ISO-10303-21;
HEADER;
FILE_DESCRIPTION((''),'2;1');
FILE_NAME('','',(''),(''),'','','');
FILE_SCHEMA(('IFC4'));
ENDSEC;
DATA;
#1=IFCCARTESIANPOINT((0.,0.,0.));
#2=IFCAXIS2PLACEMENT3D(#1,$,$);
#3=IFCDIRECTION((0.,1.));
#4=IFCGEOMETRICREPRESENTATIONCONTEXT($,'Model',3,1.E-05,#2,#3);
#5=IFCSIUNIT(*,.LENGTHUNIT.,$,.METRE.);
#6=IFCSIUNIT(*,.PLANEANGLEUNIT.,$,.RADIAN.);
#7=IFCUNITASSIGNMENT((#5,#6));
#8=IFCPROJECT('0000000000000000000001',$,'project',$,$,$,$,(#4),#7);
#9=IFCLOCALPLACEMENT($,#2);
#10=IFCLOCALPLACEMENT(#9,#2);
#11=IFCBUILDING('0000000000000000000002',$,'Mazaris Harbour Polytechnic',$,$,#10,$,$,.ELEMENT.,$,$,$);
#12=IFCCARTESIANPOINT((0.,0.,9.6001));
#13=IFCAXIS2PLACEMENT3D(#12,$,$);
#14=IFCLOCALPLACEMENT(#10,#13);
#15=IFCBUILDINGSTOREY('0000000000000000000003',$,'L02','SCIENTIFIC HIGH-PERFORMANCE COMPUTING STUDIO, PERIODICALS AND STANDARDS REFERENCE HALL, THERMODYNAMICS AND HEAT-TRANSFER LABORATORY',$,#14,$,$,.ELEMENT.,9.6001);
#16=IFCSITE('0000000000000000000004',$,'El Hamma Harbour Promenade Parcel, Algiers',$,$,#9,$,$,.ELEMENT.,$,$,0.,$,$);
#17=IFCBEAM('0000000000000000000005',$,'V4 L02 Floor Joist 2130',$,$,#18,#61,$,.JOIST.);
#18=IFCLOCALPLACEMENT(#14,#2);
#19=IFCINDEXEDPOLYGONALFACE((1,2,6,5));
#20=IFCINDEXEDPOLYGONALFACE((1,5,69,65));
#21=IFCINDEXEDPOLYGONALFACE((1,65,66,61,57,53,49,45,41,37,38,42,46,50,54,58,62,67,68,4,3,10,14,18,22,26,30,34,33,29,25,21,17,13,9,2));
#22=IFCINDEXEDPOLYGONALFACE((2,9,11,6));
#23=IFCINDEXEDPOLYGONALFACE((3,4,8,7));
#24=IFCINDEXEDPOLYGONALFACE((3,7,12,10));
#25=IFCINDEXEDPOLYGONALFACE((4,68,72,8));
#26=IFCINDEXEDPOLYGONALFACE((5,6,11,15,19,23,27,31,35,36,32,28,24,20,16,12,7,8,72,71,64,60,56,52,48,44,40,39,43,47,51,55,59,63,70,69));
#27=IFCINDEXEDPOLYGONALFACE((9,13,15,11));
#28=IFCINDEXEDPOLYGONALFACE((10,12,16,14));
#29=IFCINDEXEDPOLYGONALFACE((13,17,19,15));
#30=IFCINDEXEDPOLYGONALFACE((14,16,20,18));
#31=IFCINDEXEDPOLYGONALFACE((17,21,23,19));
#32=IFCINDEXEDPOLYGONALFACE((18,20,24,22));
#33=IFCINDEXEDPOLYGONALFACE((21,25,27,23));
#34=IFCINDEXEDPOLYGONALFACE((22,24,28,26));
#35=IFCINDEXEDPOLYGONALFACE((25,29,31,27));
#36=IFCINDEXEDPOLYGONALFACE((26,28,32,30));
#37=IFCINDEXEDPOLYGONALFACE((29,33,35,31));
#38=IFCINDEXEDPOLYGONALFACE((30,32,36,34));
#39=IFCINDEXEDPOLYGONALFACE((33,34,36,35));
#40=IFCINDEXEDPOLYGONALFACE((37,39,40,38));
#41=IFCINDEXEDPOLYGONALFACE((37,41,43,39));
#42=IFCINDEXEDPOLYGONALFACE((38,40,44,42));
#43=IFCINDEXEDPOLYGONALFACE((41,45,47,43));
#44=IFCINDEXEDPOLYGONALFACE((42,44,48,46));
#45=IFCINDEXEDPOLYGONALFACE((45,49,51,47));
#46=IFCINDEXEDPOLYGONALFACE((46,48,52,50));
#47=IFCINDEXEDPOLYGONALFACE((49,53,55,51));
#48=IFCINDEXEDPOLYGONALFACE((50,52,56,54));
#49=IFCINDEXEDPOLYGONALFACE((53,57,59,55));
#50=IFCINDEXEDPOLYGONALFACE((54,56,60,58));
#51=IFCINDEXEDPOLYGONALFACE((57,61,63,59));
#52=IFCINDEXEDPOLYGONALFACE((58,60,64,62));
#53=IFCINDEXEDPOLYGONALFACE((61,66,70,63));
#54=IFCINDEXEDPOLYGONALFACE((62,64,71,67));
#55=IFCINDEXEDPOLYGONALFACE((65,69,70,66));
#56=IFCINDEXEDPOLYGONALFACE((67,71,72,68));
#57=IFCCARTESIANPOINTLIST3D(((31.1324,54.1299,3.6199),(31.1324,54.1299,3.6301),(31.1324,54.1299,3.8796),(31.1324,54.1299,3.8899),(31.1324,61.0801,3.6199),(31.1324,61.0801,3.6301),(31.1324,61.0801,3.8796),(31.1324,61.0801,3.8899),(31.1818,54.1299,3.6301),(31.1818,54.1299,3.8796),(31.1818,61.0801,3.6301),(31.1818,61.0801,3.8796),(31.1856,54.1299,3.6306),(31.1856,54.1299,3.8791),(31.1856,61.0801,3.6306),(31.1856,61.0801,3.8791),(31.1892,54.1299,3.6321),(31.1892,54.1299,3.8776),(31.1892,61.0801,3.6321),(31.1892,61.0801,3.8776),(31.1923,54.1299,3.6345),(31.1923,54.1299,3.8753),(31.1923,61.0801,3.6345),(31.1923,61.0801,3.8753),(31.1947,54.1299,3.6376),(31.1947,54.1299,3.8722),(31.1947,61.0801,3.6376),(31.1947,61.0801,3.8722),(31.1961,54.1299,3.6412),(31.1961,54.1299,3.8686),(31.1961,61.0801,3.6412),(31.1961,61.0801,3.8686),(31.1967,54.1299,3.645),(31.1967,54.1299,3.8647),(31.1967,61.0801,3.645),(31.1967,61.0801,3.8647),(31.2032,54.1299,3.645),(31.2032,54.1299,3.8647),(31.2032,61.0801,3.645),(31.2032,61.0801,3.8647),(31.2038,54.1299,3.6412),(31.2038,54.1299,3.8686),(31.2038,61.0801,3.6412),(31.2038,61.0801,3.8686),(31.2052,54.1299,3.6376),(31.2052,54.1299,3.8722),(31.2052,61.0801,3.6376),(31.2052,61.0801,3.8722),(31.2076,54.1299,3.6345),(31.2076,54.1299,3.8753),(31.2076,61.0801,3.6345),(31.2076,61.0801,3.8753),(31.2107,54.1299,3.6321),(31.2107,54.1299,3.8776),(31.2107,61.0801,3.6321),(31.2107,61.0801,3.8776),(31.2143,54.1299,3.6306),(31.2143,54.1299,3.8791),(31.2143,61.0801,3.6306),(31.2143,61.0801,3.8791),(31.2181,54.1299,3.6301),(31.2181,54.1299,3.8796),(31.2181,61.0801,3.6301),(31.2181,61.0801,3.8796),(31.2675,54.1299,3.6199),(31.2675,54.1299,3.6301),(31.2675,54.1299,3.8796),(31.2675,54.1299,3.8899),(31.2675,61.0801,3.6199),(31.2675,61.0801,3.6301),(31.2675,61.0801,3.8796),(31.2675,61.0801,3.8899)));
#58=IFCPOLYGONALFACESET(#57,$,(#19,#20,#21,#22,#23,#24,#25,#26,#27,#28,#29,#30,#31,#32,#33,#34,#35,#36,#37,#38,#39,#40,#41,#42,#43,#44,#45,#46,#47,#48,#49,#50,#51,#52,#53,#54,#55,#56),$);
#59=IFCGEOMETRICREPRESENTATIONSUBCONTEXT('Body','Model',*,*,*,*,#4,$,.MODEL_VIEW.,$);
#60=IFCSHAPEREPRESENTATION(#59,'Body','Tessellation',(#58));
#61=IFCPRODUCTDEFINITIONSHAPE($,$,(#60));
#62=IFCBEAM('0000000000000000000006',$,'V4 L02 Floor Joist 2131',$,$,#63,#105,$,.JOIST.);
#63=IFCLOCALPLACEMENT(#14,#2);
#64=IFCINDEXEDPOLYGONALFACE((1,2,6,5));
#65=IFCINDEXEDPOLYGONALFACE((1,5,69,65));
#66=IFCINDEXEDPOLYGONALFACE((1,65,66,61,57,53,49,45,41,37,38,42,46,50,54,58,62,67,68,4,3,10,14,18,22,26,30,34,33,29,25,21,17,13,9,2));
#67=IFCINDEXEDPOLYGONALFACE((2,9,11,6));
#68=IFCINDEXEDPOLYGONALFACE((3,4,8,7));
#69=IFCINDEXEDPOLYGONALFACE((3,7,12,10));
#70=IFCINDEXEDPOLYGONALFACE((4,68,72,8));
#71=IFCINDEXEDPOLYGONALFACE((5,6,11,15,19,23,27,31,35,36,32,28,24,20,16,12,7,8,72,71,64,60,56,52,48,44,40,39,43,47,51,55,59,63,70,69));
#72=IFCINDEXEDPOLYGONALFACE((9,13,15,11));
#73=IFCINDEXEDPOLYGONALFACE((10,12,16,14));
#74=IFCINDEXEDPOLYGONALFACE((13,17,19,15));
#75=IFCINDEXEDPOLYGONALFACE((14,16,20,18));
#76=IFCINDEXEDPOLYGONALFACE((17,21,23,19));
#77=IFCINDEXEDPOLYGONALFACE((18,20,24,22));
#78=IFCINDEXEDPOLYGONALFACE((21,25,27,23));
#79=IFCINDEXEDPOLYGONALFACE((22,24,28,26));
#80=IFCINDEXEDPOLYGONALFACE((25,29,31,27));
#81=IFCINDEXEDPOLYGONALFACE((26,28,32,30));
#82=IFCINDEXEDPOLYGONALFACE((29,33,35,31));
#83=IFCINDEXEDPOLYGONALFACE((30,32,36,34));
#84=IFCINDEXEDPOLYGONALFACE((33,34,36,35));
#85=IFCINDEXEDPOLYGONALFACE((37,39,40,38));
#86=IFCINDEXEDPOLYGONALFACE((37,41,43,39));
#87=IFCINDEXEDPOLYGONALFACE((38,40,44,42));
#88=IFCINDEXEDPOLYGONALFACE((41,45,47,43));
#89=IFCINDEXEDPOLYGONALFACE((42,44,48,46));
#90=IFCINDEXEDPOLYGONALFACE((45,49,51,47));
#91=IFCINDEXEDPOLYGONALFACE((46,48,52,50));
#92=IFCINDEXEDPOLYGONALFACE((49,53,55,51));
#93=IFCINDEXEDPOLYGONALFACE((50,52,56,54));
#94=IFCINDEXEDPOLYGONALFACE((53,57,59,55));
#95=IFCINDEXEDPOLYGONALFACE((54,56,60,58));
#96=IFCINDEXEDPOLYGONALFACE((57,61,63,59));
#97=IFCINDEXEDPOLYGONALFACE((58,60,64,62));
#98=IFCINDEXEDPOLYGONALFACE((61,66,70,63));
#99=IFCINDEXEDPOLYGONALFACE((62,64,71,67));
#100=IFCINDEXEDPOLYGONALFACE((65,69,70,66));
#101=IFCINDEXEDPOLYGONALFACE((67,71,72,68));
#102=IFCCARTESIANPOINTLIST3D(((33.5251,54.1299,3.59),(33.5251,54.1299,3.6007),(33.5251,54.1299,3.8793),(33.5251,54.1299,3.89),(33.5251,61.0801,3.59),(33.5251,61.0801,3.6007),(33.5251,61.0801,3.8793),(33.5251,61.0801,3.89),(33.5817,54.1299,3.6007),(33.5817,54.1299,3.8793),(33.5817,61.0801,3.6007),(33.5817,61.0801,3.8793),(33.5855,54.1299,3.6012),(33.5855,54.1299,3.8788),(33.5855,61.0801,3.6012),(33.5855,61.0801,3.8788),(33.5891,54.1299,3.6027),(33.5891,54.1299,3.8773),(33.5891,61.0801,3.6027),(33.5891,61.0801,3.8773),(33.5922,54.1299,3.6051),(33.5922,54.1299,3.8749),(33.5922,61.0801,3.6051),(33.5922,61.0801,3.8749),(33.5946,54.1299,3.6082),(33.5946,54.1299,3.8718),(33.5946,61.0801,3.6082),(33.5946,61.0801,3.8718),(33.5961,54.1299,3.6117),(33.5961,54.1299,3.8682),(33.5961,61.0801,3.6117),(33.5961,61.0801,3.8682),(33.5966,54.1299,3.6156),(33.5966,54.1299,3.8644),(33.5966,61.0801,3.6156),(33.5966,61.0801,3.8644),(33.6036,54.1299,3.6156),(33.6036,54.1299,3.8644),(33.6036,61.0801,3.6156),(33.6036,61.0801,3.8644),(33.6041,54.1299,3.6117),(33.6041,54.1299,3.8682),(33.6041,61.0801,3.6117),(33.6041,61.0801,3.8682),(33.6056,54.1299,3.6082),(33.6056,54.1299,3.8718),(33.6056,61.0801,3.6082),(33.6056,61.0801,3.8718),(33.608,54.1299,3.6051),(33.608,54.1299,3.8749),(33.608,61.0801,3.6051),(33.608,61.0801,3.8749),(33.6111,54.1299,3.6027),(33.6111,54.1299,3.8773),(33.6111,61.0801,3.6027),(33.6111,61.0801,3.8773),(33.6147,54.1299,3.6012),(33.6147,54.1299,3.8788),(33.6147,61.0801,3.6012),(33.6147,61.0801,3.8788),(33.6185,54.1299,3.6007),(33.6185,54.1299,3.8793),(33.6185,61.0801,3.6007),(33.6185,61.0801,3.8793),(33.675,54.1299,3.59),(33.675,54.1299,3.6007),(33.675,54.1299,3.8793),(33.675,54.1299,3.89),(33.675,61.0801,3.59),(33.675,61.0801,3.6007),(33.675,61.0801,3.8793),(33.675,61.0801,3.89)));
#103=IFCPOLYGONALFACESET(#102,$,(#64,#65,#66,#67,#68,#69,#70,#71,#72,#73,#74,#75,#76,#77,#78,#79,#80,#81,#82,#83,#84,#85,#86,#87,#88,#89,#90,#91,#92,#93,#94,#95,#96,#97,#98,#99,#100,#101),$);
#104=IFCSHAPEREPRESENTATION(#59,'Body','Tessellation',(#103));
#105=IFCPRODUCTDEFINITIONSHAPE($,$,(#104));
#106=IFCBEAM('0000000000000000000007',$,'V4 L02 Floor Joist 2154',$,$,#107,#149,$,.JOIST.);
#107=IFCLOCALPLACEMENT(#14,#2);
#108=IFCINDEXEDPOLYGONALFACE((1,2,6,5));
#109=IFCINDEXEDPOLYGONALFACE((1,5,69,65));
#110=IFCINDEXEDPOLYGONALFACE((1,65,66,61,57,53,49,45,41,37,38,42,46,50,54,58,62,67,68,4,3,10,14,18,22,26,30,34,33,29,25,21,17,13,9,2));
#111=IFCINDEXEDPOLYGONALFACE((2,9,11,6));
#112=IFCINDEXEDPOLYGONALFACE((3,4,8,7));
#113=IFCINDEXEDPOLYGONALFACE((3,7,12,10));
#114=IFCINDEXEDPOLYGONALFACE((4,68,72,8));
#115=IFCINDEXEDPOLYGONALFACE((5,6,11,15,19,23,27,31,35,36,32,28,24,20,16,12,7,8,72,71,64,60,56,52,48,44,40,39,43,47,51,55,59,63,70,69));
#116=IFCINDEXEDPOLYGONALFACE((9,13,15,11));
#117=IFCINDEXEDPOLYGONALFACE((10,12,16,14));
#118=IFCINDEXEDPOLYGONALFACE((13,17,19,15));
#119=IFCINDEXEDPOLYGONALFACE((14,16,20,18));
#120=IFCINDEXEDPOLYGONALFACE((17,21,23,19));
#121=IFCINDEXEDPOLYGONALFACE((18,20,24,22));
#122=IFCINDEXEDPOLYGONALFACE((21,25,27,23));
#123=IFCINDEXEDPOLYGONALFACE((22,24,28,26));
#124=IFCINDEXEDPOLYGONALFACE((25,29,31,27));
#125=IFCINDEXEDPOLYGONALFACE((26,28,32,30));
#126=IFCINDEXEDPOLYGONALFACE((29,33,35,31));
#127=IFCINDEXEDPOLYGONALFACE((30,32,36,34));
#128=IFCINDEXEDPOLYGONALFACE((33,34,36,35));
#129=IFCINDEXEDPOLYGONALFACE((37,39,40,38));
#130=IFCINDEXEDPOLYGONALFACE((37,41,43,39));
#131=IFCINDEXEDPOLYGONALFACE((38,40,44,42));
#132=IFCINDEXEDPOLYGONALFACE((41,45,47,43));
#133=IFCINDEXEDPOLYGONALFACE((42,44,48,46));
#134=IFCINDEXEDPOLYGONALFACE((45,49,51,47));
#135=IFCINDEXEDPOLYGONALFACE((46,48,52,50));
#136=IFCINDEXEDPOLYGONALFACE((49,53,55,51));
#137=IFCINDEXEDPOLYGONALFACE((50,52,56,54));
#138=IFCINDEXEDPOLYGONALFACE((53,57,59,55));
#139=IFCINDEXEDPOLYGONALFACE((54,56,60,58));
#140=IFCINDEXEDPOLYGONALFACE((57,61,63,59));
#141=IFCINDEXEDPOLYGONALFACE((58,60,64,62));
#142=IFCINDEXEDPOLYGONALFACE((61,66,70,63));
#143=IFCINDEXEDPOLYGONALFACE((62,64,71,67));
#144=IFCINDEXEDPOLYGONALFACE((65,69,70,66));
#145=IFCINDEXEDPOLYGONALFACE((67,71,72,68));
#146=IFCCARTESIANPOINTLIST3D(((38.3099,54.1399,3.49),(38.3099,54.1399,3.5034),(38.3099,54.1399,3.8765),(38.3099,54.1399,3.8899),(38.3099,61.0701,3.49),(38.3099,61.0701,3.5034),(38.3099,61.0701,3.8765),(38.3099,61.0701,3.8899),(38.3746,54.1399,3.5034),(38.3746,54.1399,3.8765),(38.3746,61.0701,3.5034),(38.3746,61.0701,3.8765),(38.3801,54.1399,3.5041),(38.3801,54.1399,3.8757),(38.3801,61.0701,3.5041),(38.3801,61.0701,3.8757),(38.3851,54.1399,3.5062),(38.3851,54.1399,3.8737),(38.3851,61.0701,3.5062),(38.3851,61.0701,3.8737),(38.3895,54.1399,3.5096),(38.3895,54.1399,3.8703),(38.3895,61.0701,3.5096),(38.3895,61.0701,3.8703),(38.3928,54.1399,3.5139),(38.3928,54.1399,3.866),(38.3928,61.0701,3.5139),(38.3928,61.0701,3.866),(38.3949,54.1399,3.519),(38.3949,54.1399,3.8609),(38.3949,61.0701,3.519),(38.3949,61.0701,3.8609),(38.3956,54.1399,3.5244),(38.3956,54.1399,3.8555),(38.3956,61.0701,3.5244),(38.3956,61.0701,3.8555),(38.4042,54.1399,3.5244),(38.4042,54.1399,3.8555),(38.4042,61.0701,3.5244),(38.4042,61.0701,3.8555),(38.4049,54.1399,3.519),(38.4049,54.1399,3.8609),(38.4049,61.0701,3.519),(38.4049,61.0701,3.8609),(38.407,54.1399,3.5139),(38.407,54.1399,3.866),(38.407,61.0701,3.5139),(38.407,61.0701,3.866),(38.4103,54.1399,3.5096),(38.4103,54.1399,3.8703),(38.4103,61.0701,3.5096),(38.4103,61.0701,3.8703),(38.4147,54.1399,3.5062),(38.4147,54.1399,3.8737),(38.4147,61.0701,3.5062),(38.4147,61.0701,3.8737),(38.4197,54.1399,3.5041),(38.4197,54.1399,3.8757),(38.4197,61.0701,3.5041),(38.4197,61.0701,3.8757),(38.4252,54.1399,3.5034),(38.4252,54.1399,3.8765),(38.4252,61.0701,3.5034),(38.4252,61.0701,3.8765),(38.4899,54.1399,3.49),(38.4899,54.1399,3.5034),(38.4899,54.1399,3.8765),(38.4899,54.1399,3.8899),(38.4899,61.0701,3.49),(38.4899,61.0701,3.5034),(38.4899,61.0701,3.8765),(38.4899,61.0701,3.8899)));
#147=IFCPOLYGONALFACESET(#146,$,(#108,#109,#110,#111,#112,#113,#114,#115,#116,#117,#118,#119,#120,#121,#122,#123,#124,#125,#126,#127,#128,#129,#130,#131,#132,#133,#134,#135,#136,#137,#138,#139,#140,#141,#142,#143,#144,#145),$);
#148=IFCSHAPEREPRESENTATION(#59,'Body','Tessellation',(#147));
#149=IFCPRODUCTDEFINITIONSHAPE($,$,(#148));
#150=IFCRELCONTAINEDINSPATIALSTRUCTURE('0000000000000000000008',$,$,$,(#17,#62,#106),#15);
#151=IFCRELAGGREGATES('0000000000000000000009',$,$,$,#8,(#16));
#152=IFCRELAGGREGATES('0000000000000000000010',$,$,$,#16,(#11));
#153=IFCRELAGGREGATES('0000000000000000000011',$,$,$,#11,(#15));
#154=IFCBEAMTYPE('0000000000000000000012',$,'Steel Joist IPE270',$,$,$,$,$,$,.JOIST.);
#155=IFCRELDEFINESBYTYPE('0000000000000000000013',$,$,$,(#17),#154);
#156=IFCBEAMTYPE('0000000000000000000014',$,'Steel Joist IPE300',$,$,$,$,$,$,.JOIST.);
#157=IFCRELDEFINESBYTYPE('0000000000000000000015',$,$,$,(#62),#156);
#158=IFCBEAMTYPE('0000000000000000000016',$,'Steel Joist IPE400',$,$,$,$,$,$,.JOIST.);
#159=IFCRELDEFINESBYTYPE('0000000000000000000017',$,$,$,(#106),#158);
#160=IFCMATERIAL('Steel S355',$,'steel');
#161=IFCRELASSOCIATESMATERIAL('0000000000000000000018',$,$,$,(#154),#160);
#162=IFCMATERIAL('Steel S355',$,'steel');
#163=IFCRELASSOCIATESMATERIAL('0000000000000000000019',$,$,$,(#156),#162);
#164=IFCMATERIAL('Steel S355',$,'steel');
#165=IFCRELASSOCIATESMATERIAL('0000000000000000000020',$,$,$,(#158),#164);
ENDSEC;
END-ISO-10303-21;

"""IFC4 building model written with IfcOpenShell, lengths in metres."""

from ifc_helpers import new_model, si_unit, direction, frame, origin, origin_2d, place, context, subcontext, project, spatial, i_section, extrude, material, material_profile, profile_set, type_object, element, save


model = new_model("IFC4")

# Units and contexts
model_context = context("Model", 3, precision=1e-05, world=origin(), true_north=direction((0.0, 1.0)))
body_context = subcontext(model_context, "Body", "Model", "MODEL_VIEW")
ifc_project = project(units=[si_unit("LENGTHUNIT", "METRE"), si_unit("PLANEANGLEUNIT", "RADIAN")], contexts=[model_context])

# Site, building, storey
site_placement = place(None, origin())
site = spatial("IfcSite", under=ifc_project, at=site_placement, Name="El Hamma Harbour Promenade Parcel, Algiers", CompositionType="ELEMENT", RefElevation=0.0)
building_placement = place(site_placement, origin())
building = spatial("IfcBuilding", under=site, at=building_placement, Name="Mazaris Harbour Polytechnic", CompositionType="ELEMENT")
storey_placement = place(building_placement, frame((0.0, 0.0, 9.6001)))
storey = spatial("IfcBuildingStorey", under=building, at=storey_placement, Name="L02", Description="SCIENTIFIC HIGH-PERFORMANCE COMPUTING STUDIO, PERIODICALS AND STANDARDS REFERENCE HALL, THERMODYNAMICS AND HEAT-TRANSFER LABORATORY", CompositionType="ELEMENT", Elevation=9.6001)

# Beams
ifc_material_1 = material(Name="Steel S355", Category="steel")
ifc_material_profile_1 = material_profile(ifc_material_1, i_section(OverallWidth=0.135, OverallDepth=0.27, WebThickness=0.0066, FlangeThickness=0.0103, FilletRadius=0.0149, at=origin_2d()), Name="IPE 270")
ifc_profile_set_1 = profile_set([ifc_material_profile_1], Name="Steel S355")
beam_type_1 = type_object("IfcBeamType", Name="Steel Joist IPE270", PredefinedType="JOIST", material=ifc_profile_set_1)
beam_1_placement = place(storey_placement, frame((31.2, 54.1299, 3.7549), z_axis=(0.0, 1.0, 0.0), x_axis=(-1.0, 0.0, 0.0)))
element("IfcBeam", 1, at=beam_1_placement, inside=storey, type_object=beam_type_1, Name="V4 L02 Floor Joist 2130", PredefinedType="JOIST", context=body_context, shape_type="SweptSolid", body=[
    extrude(i_section(OverallWidth=0.135, OverallDepth=0.27, WebThickness=0.0066, FlangeThickness=0.0103, FilletRadius=0.0149, at=origin_2d()), origin(), (0.0, 0.0, 1.0), 6.9502),
])
ifc_material_2 = material(Name="Steel S355", Category="steel")
ifc_material_profile_2 = material_profile(ifc_material_2, i_section(OverallWidth=0.1499, OverallDepth=0.3, WebThickness=0.0071, FlangeThickness=0.0107, FilletRadius=0.0149, at=origin_2d()), Name="IPE 300")
ifc_profile_set_2 = profile_set([ifc_material_profile_2], Name="Steel S355")
beam_type_2 = type_object("IfcBeamType", Name="Steel Joist IPE300", PredefinedType="JOIST", material=ifc_profile_set_2)
beam_2_placement = place(storey_placement, frame((33.6001, 54.1299, 3.74), z_axis=(0.0, 1.0, 0.0), x_axis=(-1.0, 0.0, 0.0)))
element("IfcBeam", 2, at=beam_2_placement, inside=storey, type_object=beam_type_2, Name="V4 L02 Floor Joist 2131", PredefinedType="JOIST", context=body_context, shape_type="SweptSolid", body=[
    extrude(i_section(OverallWidth=0.1499, OverallDepth=0.3, WebThickness=0.0071, FlangeThickness=0.0107, FilletRadius=0.0149, at=origin_2d()), origin(), (0.0, 0.0, 1.0), 6.9502),
])
ifc_material_3 = material(Name="Steel S355", Category="steel")
ifc_material_profile_3 = material_profile(ifc_material_3, i_section(OverallWidth=0.1799, OverallDepth=0.3999, WebThickness=0.0085, FlangeThickness=0.0134, FilletRadius=0.021, at=origin_2d()), Name="IPE 400")
ifc_profile_set_3 = profile_set([ifc_material_profile_3], Name="Steel S355")
beam_type_3 = type_object("IfcBeamType", Name="Steel Joist IPE400", PredefinedType="JOIST", material=ifc_profile_set_3)
beam_3_placement = place(storey_placement, frame((38.3999, 54.1399, 3.6899), z_axis=(0.0, 1.0, 0.0), x_axis=(-1.0, 0.0, 0.0)))
element("IfcBeam", 3, at=beam_3_placement, inside=storey, type_object=beam_type_3, Name="V4 L02 Floor Joist 2154", PredefinedType="JOIST", context=body_context, shape_type="SweptSolid", body=[
    extrude(i_section(OverallWidth=0.1799, OverallDepth=0.3999, WebThickness=0.0085, FlangeThickness=0.0134, FilletRadius=0.021, at=origin_2d()), origin(), (0.0, 0.0, 1.0), 6.9302),
])

save(model, "model.ifc")
